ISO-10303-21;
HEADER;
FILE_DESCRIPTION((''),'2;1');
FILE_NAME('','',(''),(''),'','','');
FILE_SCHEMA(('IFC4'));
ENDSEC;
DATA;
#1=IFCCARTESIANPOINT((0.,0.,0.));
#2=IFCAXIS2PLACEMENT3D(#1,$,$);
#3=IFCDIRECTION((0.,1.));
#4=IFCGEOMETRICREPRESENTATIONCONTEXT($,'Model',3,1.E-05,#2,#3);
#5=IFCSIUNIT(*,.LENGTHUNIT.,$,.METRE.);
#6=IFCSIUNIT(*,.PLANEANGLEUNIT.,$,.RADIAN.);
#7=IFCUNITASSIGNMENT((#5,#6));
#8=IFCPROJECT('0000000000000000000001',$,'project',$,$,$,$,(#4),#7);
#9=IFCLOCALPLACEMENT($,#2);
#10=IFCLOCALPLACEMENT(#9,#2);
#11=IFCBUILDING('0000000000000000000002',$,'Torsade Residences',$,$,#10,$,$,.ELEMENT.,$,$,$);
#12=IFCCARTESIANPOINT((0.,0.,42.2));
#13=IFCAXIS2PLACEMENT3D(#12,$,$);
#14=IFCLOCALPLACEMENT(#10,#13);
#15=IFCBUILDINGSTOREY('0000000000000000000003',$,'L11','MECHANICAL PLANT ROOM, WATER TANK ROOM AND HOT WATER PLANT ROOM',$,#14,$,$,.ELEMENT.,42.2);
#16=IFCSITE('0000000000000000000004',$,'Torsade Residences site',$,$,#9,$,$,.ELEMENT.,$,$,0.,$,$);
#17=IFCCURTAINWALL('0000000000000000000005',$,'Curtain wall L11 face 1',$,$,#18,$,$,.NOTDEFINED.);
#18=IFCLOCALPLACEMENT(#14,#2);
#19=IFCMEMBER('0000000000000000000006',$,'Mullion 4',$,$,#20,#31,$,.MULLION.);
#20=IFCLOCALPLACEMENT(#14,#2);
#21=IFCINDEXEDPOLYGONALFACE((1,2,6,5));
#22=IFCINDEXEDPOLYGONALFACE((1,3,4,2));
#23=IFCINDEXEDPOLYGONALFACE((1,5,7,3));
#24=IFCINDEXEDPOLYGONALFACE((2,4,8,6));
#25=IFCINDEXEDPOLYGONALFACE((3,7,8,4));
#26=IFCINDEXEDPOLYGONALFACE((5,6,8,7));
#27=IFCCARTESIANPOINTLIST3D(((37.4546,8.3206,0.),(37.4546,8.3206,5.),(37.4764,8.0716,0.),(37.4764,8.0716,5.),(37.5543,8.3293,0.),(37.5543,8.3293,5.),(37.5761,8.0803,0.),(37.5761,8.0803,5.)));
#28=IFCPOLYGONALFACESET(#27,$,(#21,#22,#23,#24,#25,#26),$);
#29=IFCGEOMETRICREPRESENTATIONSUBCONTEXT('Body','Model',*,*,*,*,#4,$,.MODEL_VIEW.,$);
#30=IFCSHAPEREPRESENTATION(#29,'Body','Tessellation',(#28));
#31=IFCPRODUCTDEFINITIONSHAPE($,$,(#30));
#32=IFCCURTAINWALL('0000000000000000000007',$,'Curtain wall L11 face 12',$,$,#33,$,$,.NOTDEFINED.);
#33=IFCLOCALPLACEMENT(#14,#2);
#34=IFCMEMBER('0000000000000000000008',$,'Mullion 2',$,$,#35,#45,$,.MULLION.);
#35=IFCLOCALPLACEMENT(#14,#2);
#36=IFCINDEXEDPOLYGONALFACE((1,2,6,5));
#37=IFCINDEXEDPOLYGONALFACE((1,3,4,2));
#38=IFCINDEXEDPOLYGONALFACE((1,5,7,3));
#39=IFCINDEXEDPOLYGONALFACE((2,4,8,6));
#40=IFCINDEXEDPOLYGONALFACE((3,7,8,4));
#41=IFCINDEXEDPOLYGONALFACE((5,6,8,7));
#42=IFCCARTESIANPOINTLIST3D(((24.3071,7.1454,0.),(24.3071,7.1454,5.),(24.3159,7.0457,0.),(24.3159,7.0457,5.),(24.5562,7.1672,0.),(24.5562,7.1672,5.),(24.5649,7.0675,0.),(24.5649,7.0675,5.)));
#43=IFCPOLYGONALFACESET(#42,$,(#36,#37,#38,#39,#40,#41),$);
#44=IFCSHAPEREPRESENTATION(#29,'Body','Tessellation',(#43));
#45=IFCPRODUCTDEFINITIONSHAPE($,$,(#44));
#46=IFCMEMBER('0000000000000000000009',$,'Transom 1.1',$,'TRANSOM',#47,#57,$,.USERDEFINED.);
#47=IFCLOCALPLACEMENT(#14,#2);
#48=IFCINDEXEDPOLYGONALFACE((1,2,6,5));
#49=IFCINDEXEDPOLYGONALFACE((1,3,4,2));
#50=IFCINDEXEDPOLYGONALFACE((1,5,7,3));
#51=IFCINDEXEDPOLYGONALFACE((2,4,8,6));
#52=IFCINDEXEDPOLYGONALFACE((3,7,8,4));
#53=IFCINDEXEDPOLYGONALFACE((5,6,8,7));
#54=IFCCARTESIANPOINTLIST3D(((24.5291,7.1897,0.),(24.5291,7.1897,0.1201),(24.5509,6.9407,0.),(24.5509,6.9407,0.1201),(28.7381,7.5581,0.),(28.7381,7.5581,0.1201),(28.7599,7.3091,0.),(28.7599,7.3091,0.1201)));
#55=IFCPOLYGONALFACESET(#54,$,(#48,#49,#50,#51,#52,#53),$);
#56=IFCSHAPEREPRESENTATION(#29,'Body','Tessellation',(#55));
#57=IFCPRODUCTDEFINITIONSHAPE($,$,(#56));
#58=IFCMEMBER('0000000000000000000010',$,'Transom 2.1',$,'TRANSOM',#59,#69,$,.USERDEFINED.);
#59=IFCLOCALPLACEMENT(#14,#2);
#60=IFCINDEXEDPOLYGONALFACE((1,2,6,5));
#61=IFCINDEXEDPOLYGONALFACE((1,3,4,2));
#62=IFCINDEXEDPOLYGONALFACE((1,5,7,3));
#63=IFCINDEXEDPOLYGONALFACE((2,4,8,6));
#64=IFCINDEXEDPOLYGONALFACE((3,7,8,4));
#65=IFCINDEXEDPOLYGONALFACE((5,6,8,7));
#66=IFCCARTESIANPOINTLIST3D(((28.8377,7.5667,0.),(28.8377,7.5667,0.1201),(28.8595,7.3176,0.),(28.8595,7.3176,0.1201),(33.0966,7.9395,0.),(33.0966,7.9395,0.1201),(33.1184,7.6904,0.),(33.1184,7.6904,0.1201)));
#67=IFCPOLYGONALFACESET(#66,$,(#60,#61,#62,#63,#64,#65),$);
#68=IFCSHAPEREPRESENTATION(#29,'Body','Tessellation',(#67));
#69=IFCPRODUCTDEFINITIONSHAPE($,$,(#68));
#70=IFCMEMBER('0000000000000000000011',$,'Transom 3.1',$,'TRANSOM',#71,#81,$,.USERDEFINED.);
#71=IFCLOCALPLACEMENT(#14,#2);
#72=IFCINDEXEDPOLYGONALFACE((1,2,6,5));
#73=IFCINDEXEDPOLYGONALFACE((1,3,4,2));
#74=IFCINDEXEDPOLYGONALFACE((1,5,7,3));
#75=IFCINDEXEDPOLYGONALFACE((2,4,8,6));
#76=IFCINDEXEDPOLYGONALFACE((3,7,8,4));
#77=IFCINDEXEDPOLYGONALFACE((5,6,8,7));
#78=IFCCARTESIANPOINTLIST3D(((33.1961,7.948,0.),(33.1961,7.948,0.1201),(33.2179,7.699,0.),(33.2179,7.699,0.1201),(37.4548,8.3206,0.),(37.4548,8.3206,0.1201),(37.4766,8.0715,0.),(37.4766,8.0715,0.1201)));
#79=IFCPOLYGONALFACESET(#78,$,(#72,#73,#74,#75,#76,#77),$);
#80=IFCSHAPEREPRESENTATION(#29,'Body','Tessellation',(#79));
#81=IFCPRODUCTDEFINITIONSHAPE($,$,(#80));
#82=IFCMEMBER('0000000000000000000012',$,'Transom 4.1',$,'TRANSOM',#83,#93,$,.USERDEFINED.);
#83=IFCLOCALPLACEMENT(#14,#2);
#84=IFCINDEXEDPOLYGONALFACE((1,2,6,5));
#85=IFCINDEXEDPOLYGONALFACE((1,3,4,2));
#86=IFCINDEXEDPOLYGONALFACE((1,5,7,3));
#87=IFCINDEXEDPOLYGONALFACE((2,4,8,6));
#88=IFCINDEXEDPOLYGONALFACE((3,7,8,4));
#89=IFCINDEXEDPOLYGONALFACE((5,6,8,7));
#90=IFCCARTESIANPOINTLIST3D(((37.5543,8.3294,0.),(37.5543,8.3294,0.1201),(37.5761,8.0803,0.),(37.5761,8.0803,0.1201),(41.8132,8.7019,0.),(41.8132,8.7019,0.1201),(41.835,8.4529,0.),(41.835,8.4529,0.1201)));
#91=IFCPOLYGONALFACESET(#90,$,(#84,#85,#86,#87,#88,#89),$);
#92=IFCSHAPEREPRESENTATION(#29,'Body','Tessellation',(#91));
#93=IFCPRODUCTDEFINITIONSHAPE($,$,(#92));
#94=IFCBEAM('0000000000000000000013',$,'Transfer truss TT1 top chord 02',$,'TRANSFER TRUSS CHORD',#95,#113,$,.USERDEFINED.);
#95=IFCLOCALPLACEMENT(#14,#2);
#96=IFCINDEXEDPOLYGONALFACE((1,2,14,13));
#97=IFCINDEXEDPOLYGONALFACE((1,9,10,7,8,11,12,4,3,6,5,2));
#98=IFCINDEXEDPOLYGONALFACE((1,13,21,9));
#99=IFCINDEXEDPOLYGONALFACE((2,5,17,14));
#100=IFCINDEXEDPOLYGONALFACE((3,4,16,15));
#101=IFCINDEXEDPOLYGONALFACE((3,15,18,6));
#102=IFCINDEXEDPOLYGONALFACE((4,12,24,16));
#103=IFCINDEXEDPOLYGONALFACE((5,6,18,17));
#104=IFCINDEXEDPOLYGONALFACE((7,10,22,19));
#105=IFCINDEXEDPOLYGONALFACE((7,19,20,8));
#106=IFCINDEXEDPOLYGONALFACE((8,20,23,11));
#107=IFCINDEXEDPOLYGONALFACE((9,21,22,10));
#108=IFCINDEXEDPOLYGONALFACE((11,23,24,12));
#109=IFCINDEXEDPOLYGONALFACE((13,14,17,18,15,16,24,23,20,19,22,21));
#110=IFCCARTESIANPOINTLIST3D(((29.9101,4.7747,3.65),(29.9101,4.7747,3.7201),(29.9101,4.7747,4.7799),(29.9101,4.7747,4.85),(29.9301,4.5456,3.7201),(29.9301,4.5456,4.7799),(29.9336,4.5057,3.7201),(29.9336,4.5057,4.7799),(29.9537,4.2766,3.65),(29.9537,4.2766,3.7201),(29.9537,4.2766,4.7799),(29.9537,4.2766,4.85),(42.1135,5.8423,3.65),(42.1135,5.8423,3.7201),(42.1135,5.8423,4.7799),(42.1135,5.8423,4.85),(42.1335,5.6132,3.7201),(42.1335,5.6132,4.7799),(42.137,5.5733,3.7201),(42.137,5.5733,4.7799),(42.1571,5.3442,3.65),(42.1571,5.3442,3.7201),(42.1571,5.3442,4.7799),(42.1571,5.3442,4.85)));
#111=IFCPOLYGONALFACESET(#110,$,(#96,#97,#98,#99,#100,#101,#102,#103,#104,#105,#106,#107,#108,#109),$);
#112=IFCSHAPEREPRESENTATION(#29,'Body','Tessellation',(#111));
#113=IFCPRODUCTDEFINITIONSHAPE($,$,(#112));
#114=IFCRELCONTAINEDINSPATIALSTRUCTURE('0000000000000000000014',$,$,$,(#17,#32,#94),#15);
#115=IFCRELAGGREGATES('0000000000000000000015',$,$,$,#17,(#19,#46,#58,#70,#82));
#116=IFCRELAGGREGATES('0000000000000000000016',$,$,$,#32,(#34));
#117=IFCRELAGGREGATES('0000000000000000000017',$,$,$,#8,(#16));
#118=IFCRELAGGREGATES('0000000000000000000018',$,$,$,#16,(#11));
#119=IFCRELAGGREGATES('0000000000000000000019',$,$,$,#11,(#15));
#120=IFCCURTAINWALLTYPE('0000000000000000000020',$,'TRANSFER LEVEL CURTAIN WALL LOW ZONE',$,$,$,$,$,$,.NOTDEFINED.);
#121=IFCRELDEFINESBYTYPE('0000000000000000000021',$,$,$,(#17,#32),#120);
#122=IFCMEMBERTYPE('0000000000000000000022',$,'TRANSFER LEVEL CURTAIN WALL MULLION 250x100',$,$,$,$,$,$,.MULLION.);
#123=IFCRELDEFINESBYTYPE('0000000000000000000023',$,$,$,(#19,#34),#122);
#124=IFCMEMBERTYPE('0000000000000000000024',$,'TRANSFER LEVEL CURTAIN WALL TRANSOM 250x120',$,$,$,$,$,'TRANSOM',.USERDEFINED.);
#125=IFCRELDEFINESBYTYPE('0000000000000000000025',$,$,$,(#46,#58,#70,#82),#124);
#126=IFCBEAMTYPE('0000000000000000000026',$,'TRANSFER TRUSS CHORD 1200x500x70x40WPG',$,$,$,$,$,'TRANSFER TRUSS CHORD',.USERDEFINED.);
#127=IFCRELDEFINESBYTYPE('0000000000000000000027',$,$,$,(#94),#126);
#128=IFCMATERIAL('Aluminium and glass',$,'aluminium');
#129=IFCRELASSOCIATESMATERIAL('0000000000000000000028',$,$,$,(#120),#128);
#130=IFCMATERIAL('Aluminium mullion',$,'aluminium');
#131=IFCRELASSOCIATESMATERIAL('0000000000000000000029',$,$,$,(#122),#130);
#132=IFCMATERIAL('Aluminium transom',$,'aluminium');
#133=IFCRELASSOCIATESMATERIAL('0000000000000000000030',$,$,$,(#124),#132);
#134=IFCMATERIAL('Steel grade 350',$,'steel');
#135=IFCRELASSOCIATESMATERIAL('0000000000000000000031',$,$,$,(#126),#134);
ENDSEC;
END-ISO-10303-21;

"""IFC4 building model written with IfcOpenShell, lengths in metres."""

from ifc_helpers import new_model, si_unit, direction, frame, origin, origin_2d, place, context, subcontext, project, spatial, rectangle, i_section, extrude, material, material_profile, profile_set, type_object, element, aggregate, save


model = new_model("IFC4")

# Units and contexts
model_context = context("Model", 3, precision=1e-05, world=origin(), true_north=direction((0.0, 1.0)))
body_context = subcontext(model_context, "Body", "Model", "MODEL_VIEW")
ifc_project = project(units=[si_unit("LENGTHUNIT", "METRE"), si_unit("PLANEANGLEUNIT", "RADIAN")], contexts=[model_context])

# Site, building, storey
site_placement = place(None, origin())
site = spatial("IfcSite", under=ifc_project, at=site_placement, Name="Torsade Residences site", CompositionType="ELEMENT", RefElevation=0.0)
building_placement = place(site_placement, origin())
building = spatial("IfcBuilding", under=site, at=building_placement, Name="Torsade Residences", CompositionType="ELEMENT")
storey_placement = place(building_placement, frame((0.0, 0.0, 42.2)))
storey = spatial("IfcBuildingStorey", under=building, at=storey_placement, Name="L11", Description="MECHANICAL PLANT ROOM, WATER TANK ROOM AND HOT WATER PLANT ROOM", CompositionType="ELEMENT", Elevation=42.2)

# Curtain wall, member
ifc_material_1 = material(Name="Aluminium and glass", Category="aluminium")
curtain_wall_type = type_object("IfcCurtainWallType", Name="TRANSFER LEVEL CURTAIN WALL LOW ZONE", PredefinedType="NOTDEFINED", material=ifc_material_1)
curtain_wall_1_placement = place(storey_placement, origin())
curtain_wall_1 = element("IfcCurtainWall", 1, at=curtain_wall_1_placement, inside=storey, type_object=curtain_wall_type, Name="Curtain wall L11 face 1", PredefinedType="NOTDEFINED")
ifc_material_2 = material(Name="Aluminium mullion", Category="aluminium")
ifc_material_profile_1 = material_profile(ifc_material_2, rectangle(XDim=0.25, YDim=0.1001, at=origin_2d()), Name="TRANSFER LEVEL CURTAIN WALL MULLION 250x100")
ifc_profile_set_1 = profile_set([ifc_material_profile_1], Name="Aluminium mullion")
member_type_1 = type_object("IfcMemberType", Name="TRANSFER LEVEL CURTAIN WALL MULLION 250x100", PredefinedType="MULLION", material=ifc_profile_set_1)
member_1_placement = place(storey_placement, frame((37.5154, 8.2004, 0.0), z_axis=(0.0, 0.0, 1.0), x_axis=(-0.087156, 0.996195, 0.0)))
member_1 = element("IfcMember", 2, at=member_1_placement, type_object=member_type_1, Name="Mullion 4", PredefinedType="MULLION", context=body_context, shape_type="SweptSolid", body=[
    extrude(rectangle(XDim=0.25, YDim=0.1001, at=origin_2d()), origin(), (0.0, 0.0, 1.0), 5.0),
])

# Curtain wall, member
curtain_wall_2_placement = place(storey_placement, origin())
curtain_wall_2 = element("IfcCurtainWall", 3, at=curtain_wall_2_placement, inside=storey, type_object=curtain_wall_type, Name="Curtain wall L11 face 12", PredefinedType="NOTDEFINED")
member_2_placement = place(storey_placement, frame((24.436, 7.1064, 0.0), z_axis=(0.0, 0.0, 1.0), x_axis=(0.996195, 0.087156, 0.0)))
member_2 = element("IfcMember", 4, at=member_2_placement, type_object=member_type_1, Name="Mullion 2", PredefinedType="MULLION", context=body_context, shape_type="SweptSolid", body=[
    extrude(rectangle(XDim=0.25, YDim=0.1001, at=origin_2d()), origin(), (0.0, 0.0, 1.0), 5.0),
])

# Members
ifc_material_3 = material(Name="Aluminium transom", Category="aluminium")
ifc_material_profile_2 = material_profile(ifc_material_3, rectangle(XDim=0.25, YDim=0.1201, at=origin_2d()), Name="TRANSFER LEVEL CURTAIN WALL TRANSOM 250x120")
ifc_profile_set_2 = profile_set([ifc_material_profile_2], Name="Aluminium transom")
member_type_2 = type_object("IfcMemberType", Name="TRANSFER LEVEL CURTAIN WALL TRANSOM 250x120", ElementType="TRANSOM", PredefinedType="USERDEFINED", material=ifc_profile_set_2)
member_3_placement = place(storey_placement, frame((24.54, 7.0652, 0.0601), z_axis=(0.996191, 0.087196, 0.0), x_axis=(-0.087196, 0.996191, 0.0)))
member_3 = element("IfcMember", 5, at=member_3_placement, type_object=member_type_2, Name="Transom 1.1", ObjectType="TRANSOM", PredefinedType="USERDEFINED", context=body_context, shape_type="SweptSolid", body=[
    extrude(rectangle(XDim=0.25, YDim=0.1201, at=origin_2d()), origin(), (0.0, 0.0, 1.0), 4.2251),
])
member_4_placement = place(storey_placement, frame((28.8486, 7.4421, 0.0601), z_axis=(0.99619, 0.087204, 0.0), x_axis=(-0.087204, 0.99619, 0.0)))
member_4 = element("IfcMember", 6, at=member_4_placement, type_object=member_type_2, Name="Transom 2.1", ObjectType="TRANSOM", PredefinedType="USERDEFINED", context=body_context, shape_type="SweptSolid", body=[
    extrude(rectangle(XDim=0.25, YDim=0.1201, at=origin_2d()), origin(), (0.0, 0.0, 1.0), 4.2751),
])
member_5_placement = place(storey_placement, frame((33.207, 7.8235, 0.0601), z_axis=(0.996195, 0.087152, 0.0), x_axis=(-0.087152, 0.996195, 0.0)))
member_5 = element("IfcMember", 7, at=member_5_placement, type_object=member_type_2, Name="Transom 3.1", ObjectType="TRANSOM", PredefinedType="USERDEFINED", context=body_context, shape_type="SweptSolid", body=[
    extrude(rectangle(XDim=0.25, YDim=0.1201, at=origin_2d()), origin(), (0.0, 0.0, 1.0), 4.2749),
])
member_6_placement = place(storey_placement, frame((37.5652, 8.2048, 0.0601), z_axis=(0.996195, 0.087147, 0.0), x_axis=(-0.087147, 0.996195, 0.0)))
member_6 = element("IfcMember", 8, at=member_6_placement, type_object=member_type_2, Name="Transom 4.1", ObjectType="TRANSOM", PredefinedType="USERDEFINED", context=body_context, shape_type="SweptSolid", body=[
    extrude(rectangle(XDim=0.25, YDim=0.1201, at=origin_2d()), origin(), (0.0, 0.0, 1.0), 4.2751),
])

# Beam
ifc_material_4 = material(Name="Steel grade 350", Category="steel")
ifc_material_profile_3 = material_profile(ifc_material_4, i_section(OverallWidth=0.5, OverallDepth=1.2, WebThickness=0.04, FlangeThickness=0.0701, at=origin_2d()), Name="1200x500x70x40WPG")
ifc_profile_set_3 = profile_set([ifc_material_profile_3], Name="Steel grade 350")
beam_type_1 = type_object("IfcBeamType", Name="TRANSFER TRUSS CHORD 1200x500x70x40WPG", ElementType="TRANSFER TRUSS CHORD", PredefinedType="USERDEFINED", material=ifc_profile_set_3)
beam_1_placement = place(storey_placement, frame((29.9319, 4.5256, 4.25), z_axis=(0.996195, 0.087153, 0.0), x_axis=(-0.087153, 0.996195, 0.0)))
element("IfcBeam", 9, at=beam_1_placement, inside=storey, type_object=beam_type_1, Name="Transfer truss TT1 top chord 02", ObjectType="TRANSFER TRUSS CHORD", PredefinedType="USERDEFINED", context=body_context, shape_type="SweptSolid", body=[
    extrude(i_section(OverallWidth=0.5, OverallDepth=1.2, WebThickness=0.04, FlangeThickness=0.0701, at=origin_2d()), origin(), (0.0, 0.0, 1.0), 12.25),
])

aggregate(curtain_wall_1, [member_1, member_3, member_4, member_5, member_6])
aggregate(curtain_wall_2, [member_2])

save(model, "model.ifc")
